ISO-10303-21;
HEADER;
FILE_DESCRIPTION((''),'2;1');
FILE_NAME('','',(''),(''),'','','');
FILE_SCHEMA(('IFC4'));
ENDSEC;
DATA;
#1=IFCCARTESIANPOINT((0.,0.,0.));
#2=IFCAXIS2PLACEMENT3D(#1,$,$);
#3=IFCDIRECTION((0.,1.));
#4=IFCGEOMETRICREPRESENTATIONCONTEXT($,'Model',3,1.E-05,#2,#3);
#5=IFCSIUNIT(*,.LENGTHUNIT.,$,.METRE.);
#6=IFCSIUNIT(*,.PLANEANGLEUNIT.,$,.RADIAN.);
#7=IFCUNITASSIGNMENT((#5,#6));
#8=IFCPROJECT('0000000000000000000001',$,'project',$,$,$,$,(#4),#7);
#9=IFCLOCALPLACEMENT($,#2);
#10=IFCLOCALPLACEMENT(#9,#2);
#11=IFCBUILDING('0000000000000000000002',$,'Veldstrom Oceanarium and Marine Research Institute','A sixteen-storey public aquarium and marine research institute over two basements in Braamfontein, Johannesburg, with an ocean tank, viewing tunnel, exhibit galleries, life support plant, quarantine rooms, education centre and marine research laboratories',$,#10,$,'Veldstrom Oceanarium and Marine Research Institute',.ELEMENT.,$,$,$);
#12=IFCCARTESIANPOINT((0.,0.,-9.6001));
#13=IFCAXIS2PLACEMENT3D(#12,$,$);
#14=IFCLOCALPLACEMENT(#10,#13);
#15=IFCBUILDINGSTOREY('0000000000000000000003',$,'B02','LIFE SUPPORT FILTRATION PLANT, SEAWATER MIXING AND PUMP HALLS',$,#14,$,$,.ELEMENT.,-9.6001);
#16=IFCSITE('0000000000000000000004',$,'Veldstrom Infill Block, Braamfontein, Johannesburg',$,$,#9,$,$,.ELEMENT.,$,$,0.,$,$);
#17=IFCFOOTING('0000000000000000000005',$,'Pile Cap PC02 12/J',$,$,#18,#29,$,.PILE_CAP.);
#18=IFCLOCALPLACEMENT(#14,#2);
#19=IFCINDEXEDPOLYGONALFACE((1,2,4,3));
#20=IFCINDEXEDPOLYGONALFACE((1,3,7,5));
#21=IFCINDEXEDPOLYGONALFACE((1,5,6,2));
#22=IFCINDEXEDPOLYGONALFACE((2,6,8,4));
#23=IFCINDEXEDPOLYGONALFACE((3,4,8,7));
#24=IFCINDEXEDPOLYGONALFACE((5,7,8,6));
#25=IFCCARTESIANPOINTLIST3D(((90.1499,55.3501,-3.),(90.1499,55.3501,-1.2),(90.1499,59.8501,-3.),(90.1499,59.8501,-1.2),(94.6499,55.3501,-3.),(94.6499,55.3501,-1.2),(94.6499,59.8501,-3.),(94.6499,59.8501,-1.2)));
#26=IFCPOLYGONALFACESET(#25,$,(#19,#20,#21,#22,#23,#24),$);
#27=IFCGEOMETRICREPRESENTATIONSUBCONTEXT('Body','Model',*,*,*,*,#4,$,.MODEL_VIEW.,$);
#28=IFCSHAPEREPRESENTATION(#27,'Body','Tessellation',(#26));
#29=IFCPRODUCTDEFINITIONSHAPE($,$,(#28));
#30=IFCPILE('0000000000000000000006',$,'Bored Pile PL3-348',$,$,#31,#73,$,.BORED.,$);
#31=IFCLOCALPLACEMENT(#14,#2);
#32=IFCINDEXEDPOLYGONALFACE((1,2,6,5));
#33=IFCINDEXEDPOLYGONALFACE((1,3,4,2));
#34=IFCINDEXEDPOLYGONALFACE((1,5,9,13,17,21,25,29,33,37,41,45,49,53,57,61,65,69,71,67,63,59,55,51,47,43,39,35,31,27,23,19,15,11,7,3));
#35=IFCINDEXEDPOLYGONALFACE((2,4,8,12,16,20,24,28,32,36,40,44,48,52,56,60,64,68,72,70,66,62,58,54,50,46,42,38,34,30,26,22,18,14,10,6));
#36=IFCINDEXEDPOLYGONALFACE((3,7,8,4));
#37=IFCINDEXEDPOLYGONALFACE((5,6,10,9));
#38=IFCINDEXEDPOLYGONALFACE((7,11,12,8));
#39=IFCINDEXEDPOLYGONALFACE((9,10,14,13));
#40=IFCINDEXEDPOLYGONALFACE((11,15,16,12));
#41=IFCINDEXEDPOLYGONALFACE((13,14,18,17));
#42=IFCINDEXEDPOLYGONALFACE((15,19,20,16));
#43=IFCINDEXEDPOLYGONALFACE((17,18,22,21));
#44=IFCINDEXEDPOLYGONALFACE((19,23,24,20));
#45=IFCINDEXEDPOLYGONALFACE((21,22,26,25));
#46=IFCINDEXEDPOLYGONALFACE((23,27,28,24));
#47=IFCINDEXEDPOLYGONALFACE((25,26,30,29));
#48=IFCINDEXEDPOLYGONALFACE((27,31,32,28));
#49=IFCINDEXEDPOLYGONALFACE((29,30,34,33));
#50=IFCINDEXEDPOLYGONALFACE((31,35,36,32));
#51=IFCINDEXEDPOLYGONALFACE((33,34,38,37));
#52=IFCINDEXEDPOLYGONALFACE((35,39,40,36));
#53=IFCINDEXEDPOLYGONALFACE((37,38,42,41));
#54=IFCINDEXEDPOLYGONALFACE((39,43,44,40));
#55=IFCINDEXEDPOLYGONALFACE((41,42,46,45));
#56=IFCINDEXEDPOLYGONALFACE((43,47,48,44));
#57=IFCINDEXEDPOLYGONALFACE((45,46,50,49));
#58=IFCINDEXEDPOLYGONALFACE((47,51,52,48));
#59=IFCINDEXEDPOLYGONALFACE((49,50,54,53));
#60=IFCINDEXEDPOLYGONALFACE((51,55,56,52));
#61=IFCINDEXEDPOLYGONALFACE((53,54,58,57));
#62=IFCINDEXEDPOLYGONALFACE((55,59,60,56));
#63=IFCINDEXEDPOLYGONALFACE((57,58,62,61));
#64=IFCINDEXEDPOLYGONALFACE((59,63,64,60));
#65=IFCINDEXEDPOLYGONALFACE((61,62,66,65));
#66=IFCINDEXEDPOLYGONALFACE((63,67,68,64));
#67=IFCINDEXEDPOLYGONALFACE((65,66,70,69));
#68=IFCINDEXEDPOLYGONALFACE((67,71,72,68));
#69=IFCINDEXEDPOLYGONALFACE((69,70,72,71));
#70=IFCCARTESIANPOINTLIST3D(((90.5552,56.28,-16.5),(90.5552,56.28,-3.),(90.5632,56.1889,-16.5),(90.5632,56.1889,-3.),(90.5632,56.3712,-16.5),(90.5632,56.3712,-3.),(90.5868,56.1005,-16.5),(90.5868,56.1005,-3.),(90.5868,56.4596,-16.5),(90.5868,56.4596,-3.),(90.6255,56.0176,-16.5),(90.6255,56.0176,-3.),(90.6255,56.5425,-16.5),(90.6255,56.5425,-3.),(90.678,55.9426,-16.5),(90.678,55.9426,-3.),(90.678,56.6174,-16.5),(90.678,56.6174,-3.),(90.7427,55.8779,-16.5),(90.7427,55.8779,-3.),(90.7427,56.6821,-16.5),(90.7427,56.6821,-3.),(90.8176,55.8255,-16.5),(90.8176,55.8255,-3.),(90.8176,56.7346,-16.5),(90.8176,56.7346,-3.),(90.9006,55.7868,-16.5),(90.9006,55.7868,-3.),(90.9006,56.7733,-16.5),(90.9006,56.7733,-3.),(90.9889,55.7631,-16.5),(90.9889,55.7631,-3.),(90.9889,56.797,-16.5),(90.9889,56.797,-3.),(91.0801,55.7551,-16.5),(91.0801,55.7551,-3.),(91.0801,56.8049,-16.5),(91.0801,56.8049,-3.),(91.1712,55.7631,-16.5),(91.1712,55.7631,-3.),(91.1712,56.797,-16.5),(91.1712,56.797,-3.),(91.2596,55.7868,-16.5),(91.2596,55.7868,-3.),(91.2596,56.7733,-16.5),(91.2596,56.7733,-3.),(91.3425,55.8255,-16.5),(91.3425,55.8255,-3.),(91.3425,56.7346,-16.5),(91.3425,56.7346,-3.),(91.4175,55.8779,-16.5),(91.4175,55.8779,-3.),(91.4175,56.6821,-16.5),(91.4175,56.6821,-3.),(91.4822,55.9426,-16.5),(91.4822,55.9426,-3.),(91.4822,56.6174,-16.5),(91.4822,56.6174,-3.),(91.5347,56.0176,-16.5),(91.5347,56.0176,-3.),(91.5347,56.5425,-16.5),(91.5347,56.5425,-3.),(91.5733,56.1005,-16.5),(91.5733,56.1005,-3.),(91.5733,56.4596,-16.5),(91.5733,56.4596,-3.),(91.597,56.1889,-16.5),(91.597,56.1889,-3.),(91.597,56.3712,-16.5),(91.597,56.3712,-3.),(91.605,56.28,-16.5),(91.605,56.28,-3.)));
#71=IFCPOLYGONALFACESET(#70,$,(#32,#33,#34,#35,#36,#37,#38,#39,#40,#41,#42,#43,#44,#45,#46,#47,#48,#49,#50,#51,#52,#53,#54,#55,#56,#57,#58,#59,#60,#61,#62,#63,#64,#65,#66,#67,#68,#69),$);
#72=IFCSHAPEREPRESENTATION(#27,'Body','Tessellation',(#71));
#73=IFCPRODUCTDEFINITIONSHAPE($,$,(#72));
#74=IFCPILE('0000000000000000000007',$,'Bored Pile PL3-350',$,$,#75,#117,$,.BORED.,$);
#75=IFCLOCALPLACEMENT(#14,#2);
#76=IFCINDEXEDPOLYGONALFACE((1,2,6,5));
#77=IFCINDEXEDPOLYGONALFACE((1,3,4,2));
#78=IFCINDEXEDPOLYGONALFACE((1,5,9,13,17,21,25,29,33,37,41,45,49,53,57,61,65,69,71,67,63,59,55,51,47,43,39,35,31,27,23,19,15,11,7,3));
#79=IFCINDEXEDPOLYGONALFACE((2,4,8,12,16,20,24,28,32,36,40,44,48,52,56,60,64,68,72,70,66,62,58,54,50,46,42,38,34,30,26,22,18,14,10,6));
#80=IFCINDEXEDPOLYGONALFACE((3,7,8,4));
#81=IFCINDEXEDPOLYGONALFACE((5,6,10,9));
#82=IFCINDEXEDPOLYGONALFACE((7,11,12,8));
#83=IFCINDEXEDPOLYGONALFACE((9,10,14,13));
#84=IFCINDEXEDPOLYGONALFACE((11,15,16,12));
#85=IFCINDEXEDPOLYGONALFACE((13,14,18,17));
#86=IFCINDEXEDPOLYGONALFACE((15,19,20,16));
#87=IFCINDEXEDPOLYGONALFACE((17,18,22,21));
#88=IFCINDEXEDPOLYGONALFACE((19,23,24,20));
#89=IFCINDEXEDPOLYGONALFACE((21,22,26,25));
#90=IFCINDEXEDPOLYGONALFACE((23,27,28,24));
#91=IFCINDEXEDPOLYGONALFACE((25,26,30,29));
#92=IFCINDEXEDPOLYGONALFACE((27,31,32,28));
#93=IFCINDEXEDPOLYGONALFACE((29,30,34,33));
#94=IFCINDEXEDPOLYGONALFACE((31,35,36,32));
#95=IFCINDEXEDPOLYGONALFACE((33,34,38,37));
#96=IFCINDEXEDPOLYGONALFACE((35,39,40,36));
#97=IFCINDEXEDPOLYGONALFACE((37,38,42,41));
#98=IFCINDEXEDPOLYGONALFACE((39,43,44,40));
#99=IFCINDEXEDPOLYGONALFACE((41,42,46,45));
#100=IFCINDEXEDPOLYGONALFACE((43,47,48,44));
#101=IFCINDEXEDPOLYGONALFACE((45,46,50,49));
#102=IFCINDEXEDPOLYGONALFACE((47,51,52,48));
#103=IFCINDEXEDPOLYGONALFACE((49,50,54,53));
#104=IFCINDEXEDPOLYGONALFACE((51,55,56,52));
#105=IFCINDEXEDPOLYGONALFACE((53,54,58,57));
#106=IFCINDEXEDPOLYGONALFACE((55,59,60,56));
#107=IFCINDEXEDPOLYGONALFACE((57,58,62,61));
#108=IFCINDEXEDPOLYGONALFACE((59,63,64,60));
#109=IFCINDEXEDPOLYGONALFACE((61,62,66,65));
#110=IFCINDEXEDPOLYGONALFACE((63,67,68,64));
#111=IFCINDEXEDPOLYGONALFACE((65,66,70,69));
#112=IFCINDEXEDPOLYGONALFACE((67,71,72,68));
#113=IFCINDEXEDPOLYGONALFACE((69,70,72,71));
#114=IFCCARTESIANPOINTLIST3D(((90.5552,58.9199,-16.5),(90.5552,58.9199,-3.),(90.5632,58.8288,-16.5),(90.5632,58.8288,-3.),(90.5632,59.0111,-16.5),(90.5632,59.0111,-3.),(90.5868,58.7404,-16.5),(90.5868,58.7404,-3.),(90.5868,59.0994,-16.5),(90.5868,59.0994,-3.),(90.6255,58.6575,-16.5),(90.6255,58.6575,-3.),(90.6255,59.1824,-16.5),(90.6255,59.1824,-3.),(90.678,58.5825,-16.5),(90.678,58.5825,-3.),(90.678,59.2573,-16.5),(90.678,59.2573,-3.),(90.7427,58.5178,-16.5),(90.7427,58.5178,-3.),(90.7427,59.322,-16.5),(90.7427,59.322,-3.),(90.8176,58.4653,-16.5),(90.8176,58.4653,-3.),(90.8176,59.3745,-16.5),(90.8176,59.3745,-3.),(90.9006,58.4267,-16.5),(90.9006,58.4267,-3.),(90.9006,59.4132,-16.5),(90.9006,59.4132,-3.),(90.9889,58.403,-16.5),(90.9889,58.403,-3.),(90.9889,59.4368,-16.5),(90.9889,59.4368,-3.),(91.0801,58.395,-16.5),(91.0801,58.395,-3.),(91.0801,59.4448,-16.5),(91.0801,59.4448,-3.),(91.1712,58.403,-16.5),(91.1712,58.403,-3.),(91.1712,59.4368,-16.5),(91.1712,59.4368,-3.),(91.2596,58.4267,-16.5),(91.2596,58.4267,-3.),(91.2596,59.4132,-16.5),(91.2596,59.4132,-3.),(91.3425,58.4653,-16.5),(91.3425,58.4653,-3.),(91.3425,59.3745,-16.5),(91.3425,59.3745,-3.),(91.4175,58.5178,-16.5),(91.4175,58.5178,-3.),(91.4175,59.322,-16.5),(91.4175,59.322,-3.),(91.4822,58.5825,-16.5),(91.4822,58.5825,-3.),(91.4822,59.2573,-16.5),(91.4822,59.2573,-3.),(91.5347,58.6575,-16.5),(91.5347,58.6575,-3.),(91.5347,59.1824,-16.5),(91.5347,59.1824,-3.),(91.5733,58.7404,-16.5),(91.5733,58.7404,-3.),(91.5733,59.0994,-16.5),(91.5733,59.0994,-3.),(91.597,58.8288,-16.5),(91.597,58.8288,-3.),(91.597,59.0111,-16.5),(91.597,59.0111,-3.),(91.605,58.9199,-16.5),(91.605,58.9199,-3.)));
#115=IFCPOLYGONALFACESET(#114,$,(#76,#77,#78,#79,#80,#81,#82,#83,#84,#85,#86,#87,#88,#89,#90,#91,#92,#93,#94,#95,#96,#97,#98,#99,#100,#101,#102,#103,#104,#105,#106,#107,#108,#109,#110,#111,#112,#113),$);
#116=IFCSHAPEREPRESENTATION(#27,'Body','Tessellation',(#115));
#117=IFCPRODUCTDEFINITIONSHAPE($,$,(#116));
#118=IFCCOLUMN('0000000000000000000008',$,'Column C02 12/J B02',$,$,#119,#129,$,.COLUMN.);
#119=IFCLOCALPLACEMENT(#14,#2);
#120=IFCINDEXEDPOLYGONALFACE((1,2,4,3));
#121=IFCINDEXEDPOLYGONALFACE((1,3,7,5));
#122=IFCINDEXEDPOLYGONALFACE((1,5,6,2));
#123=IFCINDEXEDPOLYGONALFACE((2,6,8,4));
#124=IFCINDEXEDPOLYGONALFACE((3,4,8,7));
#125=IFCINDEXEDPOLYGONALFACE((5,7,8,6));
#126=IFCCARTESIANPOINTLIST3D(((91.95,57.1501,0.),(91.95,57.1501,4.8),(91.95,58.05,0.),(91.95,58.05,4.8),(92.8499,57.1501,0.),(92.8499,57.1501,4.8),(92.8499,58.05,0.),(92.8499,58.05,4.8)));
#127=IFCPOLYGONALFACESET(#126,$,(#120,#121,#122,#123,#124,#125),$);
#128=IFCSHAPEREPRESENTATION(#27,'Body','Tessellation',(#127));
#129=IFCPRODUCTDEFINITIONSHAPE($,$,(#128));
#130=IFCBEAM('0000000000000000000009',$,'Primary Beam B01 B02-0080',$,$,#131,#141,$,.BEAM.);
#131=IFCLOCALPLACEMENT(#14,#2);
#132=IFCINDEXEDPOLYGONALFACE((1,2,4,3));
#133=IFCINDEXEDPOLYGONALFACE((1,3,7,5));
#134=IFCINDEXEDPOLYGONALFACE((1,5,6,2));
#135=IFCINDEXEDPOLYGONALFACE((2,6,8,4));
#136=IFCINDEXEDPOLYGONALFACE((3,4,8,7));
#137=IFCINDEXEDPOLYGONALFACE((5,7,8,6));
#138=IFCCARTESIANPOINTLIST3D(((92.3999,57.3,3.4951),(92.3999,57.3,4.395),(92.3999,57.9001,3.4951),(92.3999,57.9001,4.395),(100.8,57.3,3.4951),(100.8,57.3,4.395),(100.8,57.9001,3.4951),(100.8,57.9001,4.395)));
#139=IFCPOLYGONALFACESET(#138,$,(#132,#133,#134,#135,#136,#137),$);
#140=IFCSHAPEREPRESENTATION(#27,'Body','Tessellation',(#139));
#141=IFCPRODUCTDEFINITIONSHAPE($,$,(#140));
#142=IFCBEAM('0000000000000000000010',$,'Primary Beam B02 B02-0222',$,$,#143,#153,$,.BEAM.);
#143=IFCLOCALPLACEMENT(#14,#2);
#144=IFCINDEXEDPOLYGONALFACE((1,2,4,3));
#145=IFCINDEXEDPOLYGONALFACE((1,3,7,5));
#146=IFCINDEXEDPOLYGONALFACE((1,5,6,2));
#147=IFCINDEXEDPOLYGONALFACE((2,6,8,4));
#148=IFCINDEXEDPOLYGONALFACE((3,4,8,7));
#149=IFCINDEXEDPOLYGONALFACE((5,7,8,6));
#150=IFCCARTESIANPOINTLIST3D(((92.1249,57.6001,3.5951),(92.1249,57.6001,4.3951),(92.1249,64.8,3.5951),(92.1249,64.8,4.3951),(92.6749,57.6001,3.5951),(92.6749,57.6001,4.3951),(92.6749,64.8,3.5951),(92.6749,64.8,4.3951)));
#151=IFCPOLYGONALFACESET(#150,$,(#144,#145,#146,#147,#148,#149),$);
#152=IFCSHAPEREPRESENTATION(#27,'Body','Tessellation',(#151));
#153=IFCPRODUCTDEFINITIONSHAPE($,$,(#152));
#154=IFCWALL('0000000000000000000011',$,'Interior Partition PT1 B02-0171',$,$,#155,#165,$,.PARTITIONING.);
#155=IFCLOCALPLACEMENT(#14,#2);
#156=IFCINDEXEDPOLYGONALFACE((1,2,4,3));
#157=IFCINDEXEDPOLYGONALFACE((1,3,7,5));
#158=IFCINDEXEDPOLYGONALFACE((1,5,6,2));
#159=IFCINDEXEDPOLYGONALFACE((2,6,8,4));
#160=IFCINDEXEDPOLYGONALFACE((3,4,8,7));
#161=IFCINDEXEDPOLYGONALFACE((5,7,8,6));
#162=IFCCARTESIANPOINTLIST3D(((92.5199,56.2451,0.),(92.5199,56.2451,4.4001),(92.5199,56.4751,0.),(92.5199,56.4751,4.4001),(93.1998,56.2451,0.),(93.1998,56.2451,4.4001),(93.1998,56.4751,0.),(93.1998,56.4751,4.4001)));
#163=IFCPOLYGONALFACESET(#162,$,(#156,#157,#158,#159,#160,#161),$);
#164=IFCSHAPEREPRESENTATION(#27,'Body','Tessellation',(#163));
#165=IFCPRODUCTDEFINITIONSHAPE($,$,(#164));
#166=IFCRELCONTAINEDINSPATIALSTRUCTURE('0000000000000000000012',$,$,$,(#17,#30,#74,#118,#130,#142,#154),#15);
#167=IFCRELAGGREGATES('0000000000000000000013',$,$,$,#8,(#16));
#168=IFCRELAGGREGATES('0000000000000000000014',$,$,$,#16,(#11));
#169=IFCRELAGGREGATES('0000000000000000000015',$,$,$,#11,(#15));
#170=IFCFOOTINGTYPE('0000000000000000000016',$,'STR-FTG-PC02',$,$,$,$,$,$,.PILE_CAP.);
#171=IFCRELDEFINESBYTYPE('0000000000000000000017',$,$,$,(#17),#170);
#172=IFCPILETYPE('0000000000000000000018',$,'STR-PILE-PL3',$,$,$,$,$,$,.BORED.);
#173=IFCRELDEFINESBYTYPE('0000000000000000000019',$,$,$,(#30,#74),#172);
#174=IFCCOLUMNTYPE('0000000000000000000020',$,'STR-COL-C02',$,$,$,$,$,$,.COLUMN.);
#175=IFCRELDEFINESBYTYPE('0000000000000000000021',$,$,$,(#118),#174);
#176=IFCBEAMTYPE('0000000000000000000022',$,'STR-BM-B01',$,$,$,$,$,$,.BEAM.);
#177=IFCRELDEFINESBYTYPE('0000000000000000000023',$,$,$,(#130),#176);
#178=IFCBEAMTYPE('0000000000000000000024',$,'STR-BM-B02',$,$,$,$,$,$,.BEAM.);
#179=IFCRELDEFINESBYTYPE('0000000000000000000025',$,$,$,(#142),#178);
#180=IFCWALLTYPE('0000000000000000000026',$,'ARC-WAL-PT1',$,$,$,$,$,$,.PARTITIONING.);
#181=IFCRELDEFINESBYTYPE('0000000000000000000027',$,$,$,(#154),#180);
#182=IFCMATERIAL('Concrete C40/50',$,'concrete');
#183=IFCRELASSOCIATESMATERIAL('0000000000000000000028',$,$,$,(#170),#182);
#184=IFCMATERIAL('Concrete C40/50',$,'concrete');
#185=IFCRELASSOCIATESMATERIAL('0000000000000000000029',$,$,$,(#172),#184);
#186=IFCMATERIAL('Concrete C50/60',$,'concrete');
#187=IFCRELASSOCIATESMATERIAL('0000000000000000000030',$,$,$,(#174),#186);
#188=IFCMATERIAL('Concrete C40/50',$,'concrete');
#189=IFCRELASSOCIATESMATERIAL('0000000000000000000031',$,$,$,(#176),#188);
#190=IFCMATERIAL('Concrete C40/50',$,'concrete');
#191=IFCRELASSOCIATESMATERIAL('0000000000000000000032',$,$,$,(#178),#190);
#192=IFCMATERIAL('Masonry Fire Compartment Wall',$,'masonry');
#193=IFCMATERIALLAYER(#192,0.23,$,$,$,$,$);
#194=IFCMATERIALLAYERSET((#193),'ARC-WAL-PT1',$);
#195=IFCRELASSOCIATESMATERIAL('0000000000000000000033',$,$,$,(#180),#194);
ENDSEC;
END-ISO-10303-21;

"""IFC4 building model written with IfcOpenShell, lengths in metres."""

from ifc_helpers import new_model, si_unit, direction, frame, frame_2d, origin, origin_2d, place, context, subcontext, project, spatial, rectangle, circle, extrude, material, layer, layer_set, material_profile, profile_set, type_object, element, save


model = new_model("IFC4")

# Units and contexts
model_context = context("Model", 3, precision=1e-05, world=origin(), true_north=direction((0.0, 1.0)))
body_context = subcontext(model_context, "Body", "Model", "MODEL_VIEW")
ifc_project = project(units=[si_unit("LENGTHUNIT", "METRE"), si_unit("PLANEANGLEUNIT", "RADIAN")], contexts=[model_context])

# Site, building, storey
site_placement = place(None, origin())
site = spatial("IfcSite", under=ifc_project, at=site_placement, Name="Veldstrom Infill Block, Braamfontein, Johannesburg", CompositionType="ELEMENT", RefElevation=0.0)
building_placement = place(site_placement, origin())
building = spatial("IfcBuilding", under=site, at=building_placement, Name="Veldstrom Oceanarium and Marine Research Institute", Description="A sixteen-storey public aquarium and marine research institute over two basements in Braamfontein, Johannesburg, with an ocean tank, viewing tunnel, exhibit galleries, life support plant, quarantine rooms, education centre and marine research laboratories", LongName="Veldstrom Oceanarium and Marine Research Institute", CompositionType="ELEMENT")
storey_placement = place(building_placement, frame((0.0, 0.0, -9.6001)))
storey = spatial("IfcBuildingStorey", under=building, at=storey_placement, Name="B02", Description="LIFE SUPPORT FILTRATION PLANT, SEAWATER MIXING AND PUMP HALLS", CompositionType="ELEMENT", Elevation=-9.6001)

# Footing
ifc_material_1 = material(Name="Concrete C40/50", Category="concrete")
footing_type = type_object("IfcFootingType", Name="STR-FTG-PC02", PredefinedType="PILE_CAP", material=ifc_material_1)
footing_placement = place(storey_placement, frame((92.3999, 57.6001, -3.0), z_axis=(0.0, 0.0, 1.0), x_axis=(1.0, 0.0, 0.0)))
element("IfcFooting", 1, at=footing_placement, inside=storey, type_object=footing_type, Name="Pile Cap PC02 12/J", PredefinedType="PILE_CAP", context=body_context, shape_type="SweptSolid", body=[
    extrude(rectangle(XDim=4.5, YDim=4.5, at=origin_2d()), origin(), (0.0, 0.0, 1.0), 1.8),
])

# Piles
ifc_material_2 = material(Name="Concrete C40/50", Category="concrete")
ifc_material_profile_1 = material_profile(ifc_material_2, circle(Radius=0.5249, at=origin_2d()), Name="PILE-D1050")
ifc_profile_set_1 = profile_set([ifc_material_profile_1], Name="Concrete C40/50")
pile_type = type_object("IfcPileType", Name="STR-PILE-PL3", PredefinedType="BORED", material=ifc_profile_set_1)
for number, where, z_axis, x_axis, name in (
    (2, (91.0801, 56.28, -3.0), (0.0, 0.0, -1.0), (1.0, 0.0, 0.0), "Bored Pile PL3-348"),
    (3, (91.0801, 58.9199, -3.0), (0.0, 0.0, -1.0), (1.0, 0.0, 0.0), "Bored Pile PL3-350"),
):
    element("IfcPile", number, at=place(storey_placement, frame(where, z_axis=z_axis, x_axis=x_axis)), inside=storey, type_object=pile_type, Name=name, PredefinedType="BORED", context=body_context, shape_type="SweptSolid", body=[
        extrude(circle(Radius=0.5249, at=origin_2d()), origin(), (0.0, 0.0, 1.0), 13.5),
    ])

# Column
ifc_material_3 = material(Name="Concrete C50/60", Category="concrete")
ifc_material_profile_2 = material_profile(ifc_material_3, rectangle(XDim=0.8999, YDim=0.8999, at=origin_2d()), Name="RC-COL-900x900")
ifc_profile_set_2 = profile_set([ifc_material_profile_2], Name="Concrete C50/60")
column_type = type_object("IfcColumnType", Name="STR-COL-C02", PredefinedType="COLUMN", material=ifc_profile_set_2)
column_placement = place(storey_placement, frame((92.3999, 57.6001, 0.0), z_axis=(0.0, 0.0, 1.0), x_axis=(1.0, 0.0, 0.0)))
element("IfcColumn", 4, at=column_placement, inside=storey, type_object=column_type, Name="Column C02 12/J B02", PredefinedType="COLUMN", context=body_context, shape_type="SweptSolid", body=[
    extrude(rectangle(XDim=0.8999, YDim=0.8999, at=origin_2d()), origin(), (0.0, 0.0, 1.0), 4.8),
])

# Beams
ifc_material_4 = material(Name="Concrete C40/50", Category="concrete")
ifc_material_profile_3 = material_profile(ifc_material_4, rectangle(XDim=0.6001, YDim=0.8999, at=origin_2d()), Name="RC-BM-600x900")
ifc_profile_set_3 = profile_set([ifc_material_profile_3], Name="Concrete C40/50")
beam_type_1 = type_object("IfcBeamType", Name="STR-BM-B01", PredefinedType="BEAM", material=ifc_profile_set_3)
beam_1_placement = place(storey_placement, frame((92.3999, 57.6001, 3.9451), z_axis=(1.0, 0.0, 0.0), x_axis=(0.0, 1.0, 0.0)))
element("IfcBeam", 5, at=beam_1_placement, inside=storey, type_object=beam_type_1, Name="Primary Beam B01 B02-0080", PredefinedType="BEAM", context=body_context, shape_type="SweptSolid", body=[
    extrude(rectangle(XDim=0.6001, YDim=0.8999, at=origin_2d()), origin(), (0.0, 0.0, 1.0), 8.4001),
])
ifc_material_5 = material(Name="Concrete C40/50", Category="concrete")
ifc_material_profile_4 = material_profile(ifc_material_5, rectangle(XDim=0.55, YDim=0.8, at=origin_2d()), Name="RC-BM-550x800")
ifc_profile_set_4 = profile_set([ifc_material_profile_4], Name="Concrete C40/50")
beam_type_2 = type_object("IfcBeamType", Name="STR-BM-B02", PredefinedType="BEAM", material=ifc_profile_set_4)
beam_2_placement = place(storey_placement, frame((92.3999, 57.6001, 3.9951), z_axis=(0.0, 1.0, 0.0), x_axis=(-1.0, 0.0, 0.0)))
element("IfcBeam", 6, at=beam_2_placement, inside=storey, type_object=beam_type_2, Name="Primary Beam B02 B02-0222", PredefinedType="BEAM", context=body_context, shape_type="SweptSolid", body=[
    extrude(rectangle(XDim=0.55, YDim=0.8, at=origin_2d()), origin(), (0.0, 0.0, 1.0), 7.2),
])

# Shared definitions
ifc_material_6 = material(Name="Masonry Fire Compartment Wall", Category="masonry")
ifc_layer_1 = layer(ifc_material_6, 0.23)
ifc_layer_set_1 = layer_set([ifc_layer_1], Name="ARC-WAL-PT1")
wall_type_1 = type_object("IfcWallType", Name="ARC-WAL-PT1", PredefinedType="PARTITIONING", material=ifc_layer_set_1)

# Wall
wall_1_placement = place(storey_placement, frame((92.52, 56.3601, 0.0), z_axis=(0.0, 0.0, 1.0), x_axis=(1.0, 0.0, 0.0)))
element("IfcWall", 7, at=wall_1_placement, inside=storey, type_object=wall_type_1, Name="Interior Partition PT1 B02-0171", PredefinedType="PARTITIONING", context=body_context, shape_type="SweptSolid", body=[
    extrude(rectangle(XDim=0.6799, YDim=0.23, at=frame_2d((0.3398, 0.0))), origin(), (0.0, 0.0, 1.0), 4.4001),
])

save(model, "model.ifc")
